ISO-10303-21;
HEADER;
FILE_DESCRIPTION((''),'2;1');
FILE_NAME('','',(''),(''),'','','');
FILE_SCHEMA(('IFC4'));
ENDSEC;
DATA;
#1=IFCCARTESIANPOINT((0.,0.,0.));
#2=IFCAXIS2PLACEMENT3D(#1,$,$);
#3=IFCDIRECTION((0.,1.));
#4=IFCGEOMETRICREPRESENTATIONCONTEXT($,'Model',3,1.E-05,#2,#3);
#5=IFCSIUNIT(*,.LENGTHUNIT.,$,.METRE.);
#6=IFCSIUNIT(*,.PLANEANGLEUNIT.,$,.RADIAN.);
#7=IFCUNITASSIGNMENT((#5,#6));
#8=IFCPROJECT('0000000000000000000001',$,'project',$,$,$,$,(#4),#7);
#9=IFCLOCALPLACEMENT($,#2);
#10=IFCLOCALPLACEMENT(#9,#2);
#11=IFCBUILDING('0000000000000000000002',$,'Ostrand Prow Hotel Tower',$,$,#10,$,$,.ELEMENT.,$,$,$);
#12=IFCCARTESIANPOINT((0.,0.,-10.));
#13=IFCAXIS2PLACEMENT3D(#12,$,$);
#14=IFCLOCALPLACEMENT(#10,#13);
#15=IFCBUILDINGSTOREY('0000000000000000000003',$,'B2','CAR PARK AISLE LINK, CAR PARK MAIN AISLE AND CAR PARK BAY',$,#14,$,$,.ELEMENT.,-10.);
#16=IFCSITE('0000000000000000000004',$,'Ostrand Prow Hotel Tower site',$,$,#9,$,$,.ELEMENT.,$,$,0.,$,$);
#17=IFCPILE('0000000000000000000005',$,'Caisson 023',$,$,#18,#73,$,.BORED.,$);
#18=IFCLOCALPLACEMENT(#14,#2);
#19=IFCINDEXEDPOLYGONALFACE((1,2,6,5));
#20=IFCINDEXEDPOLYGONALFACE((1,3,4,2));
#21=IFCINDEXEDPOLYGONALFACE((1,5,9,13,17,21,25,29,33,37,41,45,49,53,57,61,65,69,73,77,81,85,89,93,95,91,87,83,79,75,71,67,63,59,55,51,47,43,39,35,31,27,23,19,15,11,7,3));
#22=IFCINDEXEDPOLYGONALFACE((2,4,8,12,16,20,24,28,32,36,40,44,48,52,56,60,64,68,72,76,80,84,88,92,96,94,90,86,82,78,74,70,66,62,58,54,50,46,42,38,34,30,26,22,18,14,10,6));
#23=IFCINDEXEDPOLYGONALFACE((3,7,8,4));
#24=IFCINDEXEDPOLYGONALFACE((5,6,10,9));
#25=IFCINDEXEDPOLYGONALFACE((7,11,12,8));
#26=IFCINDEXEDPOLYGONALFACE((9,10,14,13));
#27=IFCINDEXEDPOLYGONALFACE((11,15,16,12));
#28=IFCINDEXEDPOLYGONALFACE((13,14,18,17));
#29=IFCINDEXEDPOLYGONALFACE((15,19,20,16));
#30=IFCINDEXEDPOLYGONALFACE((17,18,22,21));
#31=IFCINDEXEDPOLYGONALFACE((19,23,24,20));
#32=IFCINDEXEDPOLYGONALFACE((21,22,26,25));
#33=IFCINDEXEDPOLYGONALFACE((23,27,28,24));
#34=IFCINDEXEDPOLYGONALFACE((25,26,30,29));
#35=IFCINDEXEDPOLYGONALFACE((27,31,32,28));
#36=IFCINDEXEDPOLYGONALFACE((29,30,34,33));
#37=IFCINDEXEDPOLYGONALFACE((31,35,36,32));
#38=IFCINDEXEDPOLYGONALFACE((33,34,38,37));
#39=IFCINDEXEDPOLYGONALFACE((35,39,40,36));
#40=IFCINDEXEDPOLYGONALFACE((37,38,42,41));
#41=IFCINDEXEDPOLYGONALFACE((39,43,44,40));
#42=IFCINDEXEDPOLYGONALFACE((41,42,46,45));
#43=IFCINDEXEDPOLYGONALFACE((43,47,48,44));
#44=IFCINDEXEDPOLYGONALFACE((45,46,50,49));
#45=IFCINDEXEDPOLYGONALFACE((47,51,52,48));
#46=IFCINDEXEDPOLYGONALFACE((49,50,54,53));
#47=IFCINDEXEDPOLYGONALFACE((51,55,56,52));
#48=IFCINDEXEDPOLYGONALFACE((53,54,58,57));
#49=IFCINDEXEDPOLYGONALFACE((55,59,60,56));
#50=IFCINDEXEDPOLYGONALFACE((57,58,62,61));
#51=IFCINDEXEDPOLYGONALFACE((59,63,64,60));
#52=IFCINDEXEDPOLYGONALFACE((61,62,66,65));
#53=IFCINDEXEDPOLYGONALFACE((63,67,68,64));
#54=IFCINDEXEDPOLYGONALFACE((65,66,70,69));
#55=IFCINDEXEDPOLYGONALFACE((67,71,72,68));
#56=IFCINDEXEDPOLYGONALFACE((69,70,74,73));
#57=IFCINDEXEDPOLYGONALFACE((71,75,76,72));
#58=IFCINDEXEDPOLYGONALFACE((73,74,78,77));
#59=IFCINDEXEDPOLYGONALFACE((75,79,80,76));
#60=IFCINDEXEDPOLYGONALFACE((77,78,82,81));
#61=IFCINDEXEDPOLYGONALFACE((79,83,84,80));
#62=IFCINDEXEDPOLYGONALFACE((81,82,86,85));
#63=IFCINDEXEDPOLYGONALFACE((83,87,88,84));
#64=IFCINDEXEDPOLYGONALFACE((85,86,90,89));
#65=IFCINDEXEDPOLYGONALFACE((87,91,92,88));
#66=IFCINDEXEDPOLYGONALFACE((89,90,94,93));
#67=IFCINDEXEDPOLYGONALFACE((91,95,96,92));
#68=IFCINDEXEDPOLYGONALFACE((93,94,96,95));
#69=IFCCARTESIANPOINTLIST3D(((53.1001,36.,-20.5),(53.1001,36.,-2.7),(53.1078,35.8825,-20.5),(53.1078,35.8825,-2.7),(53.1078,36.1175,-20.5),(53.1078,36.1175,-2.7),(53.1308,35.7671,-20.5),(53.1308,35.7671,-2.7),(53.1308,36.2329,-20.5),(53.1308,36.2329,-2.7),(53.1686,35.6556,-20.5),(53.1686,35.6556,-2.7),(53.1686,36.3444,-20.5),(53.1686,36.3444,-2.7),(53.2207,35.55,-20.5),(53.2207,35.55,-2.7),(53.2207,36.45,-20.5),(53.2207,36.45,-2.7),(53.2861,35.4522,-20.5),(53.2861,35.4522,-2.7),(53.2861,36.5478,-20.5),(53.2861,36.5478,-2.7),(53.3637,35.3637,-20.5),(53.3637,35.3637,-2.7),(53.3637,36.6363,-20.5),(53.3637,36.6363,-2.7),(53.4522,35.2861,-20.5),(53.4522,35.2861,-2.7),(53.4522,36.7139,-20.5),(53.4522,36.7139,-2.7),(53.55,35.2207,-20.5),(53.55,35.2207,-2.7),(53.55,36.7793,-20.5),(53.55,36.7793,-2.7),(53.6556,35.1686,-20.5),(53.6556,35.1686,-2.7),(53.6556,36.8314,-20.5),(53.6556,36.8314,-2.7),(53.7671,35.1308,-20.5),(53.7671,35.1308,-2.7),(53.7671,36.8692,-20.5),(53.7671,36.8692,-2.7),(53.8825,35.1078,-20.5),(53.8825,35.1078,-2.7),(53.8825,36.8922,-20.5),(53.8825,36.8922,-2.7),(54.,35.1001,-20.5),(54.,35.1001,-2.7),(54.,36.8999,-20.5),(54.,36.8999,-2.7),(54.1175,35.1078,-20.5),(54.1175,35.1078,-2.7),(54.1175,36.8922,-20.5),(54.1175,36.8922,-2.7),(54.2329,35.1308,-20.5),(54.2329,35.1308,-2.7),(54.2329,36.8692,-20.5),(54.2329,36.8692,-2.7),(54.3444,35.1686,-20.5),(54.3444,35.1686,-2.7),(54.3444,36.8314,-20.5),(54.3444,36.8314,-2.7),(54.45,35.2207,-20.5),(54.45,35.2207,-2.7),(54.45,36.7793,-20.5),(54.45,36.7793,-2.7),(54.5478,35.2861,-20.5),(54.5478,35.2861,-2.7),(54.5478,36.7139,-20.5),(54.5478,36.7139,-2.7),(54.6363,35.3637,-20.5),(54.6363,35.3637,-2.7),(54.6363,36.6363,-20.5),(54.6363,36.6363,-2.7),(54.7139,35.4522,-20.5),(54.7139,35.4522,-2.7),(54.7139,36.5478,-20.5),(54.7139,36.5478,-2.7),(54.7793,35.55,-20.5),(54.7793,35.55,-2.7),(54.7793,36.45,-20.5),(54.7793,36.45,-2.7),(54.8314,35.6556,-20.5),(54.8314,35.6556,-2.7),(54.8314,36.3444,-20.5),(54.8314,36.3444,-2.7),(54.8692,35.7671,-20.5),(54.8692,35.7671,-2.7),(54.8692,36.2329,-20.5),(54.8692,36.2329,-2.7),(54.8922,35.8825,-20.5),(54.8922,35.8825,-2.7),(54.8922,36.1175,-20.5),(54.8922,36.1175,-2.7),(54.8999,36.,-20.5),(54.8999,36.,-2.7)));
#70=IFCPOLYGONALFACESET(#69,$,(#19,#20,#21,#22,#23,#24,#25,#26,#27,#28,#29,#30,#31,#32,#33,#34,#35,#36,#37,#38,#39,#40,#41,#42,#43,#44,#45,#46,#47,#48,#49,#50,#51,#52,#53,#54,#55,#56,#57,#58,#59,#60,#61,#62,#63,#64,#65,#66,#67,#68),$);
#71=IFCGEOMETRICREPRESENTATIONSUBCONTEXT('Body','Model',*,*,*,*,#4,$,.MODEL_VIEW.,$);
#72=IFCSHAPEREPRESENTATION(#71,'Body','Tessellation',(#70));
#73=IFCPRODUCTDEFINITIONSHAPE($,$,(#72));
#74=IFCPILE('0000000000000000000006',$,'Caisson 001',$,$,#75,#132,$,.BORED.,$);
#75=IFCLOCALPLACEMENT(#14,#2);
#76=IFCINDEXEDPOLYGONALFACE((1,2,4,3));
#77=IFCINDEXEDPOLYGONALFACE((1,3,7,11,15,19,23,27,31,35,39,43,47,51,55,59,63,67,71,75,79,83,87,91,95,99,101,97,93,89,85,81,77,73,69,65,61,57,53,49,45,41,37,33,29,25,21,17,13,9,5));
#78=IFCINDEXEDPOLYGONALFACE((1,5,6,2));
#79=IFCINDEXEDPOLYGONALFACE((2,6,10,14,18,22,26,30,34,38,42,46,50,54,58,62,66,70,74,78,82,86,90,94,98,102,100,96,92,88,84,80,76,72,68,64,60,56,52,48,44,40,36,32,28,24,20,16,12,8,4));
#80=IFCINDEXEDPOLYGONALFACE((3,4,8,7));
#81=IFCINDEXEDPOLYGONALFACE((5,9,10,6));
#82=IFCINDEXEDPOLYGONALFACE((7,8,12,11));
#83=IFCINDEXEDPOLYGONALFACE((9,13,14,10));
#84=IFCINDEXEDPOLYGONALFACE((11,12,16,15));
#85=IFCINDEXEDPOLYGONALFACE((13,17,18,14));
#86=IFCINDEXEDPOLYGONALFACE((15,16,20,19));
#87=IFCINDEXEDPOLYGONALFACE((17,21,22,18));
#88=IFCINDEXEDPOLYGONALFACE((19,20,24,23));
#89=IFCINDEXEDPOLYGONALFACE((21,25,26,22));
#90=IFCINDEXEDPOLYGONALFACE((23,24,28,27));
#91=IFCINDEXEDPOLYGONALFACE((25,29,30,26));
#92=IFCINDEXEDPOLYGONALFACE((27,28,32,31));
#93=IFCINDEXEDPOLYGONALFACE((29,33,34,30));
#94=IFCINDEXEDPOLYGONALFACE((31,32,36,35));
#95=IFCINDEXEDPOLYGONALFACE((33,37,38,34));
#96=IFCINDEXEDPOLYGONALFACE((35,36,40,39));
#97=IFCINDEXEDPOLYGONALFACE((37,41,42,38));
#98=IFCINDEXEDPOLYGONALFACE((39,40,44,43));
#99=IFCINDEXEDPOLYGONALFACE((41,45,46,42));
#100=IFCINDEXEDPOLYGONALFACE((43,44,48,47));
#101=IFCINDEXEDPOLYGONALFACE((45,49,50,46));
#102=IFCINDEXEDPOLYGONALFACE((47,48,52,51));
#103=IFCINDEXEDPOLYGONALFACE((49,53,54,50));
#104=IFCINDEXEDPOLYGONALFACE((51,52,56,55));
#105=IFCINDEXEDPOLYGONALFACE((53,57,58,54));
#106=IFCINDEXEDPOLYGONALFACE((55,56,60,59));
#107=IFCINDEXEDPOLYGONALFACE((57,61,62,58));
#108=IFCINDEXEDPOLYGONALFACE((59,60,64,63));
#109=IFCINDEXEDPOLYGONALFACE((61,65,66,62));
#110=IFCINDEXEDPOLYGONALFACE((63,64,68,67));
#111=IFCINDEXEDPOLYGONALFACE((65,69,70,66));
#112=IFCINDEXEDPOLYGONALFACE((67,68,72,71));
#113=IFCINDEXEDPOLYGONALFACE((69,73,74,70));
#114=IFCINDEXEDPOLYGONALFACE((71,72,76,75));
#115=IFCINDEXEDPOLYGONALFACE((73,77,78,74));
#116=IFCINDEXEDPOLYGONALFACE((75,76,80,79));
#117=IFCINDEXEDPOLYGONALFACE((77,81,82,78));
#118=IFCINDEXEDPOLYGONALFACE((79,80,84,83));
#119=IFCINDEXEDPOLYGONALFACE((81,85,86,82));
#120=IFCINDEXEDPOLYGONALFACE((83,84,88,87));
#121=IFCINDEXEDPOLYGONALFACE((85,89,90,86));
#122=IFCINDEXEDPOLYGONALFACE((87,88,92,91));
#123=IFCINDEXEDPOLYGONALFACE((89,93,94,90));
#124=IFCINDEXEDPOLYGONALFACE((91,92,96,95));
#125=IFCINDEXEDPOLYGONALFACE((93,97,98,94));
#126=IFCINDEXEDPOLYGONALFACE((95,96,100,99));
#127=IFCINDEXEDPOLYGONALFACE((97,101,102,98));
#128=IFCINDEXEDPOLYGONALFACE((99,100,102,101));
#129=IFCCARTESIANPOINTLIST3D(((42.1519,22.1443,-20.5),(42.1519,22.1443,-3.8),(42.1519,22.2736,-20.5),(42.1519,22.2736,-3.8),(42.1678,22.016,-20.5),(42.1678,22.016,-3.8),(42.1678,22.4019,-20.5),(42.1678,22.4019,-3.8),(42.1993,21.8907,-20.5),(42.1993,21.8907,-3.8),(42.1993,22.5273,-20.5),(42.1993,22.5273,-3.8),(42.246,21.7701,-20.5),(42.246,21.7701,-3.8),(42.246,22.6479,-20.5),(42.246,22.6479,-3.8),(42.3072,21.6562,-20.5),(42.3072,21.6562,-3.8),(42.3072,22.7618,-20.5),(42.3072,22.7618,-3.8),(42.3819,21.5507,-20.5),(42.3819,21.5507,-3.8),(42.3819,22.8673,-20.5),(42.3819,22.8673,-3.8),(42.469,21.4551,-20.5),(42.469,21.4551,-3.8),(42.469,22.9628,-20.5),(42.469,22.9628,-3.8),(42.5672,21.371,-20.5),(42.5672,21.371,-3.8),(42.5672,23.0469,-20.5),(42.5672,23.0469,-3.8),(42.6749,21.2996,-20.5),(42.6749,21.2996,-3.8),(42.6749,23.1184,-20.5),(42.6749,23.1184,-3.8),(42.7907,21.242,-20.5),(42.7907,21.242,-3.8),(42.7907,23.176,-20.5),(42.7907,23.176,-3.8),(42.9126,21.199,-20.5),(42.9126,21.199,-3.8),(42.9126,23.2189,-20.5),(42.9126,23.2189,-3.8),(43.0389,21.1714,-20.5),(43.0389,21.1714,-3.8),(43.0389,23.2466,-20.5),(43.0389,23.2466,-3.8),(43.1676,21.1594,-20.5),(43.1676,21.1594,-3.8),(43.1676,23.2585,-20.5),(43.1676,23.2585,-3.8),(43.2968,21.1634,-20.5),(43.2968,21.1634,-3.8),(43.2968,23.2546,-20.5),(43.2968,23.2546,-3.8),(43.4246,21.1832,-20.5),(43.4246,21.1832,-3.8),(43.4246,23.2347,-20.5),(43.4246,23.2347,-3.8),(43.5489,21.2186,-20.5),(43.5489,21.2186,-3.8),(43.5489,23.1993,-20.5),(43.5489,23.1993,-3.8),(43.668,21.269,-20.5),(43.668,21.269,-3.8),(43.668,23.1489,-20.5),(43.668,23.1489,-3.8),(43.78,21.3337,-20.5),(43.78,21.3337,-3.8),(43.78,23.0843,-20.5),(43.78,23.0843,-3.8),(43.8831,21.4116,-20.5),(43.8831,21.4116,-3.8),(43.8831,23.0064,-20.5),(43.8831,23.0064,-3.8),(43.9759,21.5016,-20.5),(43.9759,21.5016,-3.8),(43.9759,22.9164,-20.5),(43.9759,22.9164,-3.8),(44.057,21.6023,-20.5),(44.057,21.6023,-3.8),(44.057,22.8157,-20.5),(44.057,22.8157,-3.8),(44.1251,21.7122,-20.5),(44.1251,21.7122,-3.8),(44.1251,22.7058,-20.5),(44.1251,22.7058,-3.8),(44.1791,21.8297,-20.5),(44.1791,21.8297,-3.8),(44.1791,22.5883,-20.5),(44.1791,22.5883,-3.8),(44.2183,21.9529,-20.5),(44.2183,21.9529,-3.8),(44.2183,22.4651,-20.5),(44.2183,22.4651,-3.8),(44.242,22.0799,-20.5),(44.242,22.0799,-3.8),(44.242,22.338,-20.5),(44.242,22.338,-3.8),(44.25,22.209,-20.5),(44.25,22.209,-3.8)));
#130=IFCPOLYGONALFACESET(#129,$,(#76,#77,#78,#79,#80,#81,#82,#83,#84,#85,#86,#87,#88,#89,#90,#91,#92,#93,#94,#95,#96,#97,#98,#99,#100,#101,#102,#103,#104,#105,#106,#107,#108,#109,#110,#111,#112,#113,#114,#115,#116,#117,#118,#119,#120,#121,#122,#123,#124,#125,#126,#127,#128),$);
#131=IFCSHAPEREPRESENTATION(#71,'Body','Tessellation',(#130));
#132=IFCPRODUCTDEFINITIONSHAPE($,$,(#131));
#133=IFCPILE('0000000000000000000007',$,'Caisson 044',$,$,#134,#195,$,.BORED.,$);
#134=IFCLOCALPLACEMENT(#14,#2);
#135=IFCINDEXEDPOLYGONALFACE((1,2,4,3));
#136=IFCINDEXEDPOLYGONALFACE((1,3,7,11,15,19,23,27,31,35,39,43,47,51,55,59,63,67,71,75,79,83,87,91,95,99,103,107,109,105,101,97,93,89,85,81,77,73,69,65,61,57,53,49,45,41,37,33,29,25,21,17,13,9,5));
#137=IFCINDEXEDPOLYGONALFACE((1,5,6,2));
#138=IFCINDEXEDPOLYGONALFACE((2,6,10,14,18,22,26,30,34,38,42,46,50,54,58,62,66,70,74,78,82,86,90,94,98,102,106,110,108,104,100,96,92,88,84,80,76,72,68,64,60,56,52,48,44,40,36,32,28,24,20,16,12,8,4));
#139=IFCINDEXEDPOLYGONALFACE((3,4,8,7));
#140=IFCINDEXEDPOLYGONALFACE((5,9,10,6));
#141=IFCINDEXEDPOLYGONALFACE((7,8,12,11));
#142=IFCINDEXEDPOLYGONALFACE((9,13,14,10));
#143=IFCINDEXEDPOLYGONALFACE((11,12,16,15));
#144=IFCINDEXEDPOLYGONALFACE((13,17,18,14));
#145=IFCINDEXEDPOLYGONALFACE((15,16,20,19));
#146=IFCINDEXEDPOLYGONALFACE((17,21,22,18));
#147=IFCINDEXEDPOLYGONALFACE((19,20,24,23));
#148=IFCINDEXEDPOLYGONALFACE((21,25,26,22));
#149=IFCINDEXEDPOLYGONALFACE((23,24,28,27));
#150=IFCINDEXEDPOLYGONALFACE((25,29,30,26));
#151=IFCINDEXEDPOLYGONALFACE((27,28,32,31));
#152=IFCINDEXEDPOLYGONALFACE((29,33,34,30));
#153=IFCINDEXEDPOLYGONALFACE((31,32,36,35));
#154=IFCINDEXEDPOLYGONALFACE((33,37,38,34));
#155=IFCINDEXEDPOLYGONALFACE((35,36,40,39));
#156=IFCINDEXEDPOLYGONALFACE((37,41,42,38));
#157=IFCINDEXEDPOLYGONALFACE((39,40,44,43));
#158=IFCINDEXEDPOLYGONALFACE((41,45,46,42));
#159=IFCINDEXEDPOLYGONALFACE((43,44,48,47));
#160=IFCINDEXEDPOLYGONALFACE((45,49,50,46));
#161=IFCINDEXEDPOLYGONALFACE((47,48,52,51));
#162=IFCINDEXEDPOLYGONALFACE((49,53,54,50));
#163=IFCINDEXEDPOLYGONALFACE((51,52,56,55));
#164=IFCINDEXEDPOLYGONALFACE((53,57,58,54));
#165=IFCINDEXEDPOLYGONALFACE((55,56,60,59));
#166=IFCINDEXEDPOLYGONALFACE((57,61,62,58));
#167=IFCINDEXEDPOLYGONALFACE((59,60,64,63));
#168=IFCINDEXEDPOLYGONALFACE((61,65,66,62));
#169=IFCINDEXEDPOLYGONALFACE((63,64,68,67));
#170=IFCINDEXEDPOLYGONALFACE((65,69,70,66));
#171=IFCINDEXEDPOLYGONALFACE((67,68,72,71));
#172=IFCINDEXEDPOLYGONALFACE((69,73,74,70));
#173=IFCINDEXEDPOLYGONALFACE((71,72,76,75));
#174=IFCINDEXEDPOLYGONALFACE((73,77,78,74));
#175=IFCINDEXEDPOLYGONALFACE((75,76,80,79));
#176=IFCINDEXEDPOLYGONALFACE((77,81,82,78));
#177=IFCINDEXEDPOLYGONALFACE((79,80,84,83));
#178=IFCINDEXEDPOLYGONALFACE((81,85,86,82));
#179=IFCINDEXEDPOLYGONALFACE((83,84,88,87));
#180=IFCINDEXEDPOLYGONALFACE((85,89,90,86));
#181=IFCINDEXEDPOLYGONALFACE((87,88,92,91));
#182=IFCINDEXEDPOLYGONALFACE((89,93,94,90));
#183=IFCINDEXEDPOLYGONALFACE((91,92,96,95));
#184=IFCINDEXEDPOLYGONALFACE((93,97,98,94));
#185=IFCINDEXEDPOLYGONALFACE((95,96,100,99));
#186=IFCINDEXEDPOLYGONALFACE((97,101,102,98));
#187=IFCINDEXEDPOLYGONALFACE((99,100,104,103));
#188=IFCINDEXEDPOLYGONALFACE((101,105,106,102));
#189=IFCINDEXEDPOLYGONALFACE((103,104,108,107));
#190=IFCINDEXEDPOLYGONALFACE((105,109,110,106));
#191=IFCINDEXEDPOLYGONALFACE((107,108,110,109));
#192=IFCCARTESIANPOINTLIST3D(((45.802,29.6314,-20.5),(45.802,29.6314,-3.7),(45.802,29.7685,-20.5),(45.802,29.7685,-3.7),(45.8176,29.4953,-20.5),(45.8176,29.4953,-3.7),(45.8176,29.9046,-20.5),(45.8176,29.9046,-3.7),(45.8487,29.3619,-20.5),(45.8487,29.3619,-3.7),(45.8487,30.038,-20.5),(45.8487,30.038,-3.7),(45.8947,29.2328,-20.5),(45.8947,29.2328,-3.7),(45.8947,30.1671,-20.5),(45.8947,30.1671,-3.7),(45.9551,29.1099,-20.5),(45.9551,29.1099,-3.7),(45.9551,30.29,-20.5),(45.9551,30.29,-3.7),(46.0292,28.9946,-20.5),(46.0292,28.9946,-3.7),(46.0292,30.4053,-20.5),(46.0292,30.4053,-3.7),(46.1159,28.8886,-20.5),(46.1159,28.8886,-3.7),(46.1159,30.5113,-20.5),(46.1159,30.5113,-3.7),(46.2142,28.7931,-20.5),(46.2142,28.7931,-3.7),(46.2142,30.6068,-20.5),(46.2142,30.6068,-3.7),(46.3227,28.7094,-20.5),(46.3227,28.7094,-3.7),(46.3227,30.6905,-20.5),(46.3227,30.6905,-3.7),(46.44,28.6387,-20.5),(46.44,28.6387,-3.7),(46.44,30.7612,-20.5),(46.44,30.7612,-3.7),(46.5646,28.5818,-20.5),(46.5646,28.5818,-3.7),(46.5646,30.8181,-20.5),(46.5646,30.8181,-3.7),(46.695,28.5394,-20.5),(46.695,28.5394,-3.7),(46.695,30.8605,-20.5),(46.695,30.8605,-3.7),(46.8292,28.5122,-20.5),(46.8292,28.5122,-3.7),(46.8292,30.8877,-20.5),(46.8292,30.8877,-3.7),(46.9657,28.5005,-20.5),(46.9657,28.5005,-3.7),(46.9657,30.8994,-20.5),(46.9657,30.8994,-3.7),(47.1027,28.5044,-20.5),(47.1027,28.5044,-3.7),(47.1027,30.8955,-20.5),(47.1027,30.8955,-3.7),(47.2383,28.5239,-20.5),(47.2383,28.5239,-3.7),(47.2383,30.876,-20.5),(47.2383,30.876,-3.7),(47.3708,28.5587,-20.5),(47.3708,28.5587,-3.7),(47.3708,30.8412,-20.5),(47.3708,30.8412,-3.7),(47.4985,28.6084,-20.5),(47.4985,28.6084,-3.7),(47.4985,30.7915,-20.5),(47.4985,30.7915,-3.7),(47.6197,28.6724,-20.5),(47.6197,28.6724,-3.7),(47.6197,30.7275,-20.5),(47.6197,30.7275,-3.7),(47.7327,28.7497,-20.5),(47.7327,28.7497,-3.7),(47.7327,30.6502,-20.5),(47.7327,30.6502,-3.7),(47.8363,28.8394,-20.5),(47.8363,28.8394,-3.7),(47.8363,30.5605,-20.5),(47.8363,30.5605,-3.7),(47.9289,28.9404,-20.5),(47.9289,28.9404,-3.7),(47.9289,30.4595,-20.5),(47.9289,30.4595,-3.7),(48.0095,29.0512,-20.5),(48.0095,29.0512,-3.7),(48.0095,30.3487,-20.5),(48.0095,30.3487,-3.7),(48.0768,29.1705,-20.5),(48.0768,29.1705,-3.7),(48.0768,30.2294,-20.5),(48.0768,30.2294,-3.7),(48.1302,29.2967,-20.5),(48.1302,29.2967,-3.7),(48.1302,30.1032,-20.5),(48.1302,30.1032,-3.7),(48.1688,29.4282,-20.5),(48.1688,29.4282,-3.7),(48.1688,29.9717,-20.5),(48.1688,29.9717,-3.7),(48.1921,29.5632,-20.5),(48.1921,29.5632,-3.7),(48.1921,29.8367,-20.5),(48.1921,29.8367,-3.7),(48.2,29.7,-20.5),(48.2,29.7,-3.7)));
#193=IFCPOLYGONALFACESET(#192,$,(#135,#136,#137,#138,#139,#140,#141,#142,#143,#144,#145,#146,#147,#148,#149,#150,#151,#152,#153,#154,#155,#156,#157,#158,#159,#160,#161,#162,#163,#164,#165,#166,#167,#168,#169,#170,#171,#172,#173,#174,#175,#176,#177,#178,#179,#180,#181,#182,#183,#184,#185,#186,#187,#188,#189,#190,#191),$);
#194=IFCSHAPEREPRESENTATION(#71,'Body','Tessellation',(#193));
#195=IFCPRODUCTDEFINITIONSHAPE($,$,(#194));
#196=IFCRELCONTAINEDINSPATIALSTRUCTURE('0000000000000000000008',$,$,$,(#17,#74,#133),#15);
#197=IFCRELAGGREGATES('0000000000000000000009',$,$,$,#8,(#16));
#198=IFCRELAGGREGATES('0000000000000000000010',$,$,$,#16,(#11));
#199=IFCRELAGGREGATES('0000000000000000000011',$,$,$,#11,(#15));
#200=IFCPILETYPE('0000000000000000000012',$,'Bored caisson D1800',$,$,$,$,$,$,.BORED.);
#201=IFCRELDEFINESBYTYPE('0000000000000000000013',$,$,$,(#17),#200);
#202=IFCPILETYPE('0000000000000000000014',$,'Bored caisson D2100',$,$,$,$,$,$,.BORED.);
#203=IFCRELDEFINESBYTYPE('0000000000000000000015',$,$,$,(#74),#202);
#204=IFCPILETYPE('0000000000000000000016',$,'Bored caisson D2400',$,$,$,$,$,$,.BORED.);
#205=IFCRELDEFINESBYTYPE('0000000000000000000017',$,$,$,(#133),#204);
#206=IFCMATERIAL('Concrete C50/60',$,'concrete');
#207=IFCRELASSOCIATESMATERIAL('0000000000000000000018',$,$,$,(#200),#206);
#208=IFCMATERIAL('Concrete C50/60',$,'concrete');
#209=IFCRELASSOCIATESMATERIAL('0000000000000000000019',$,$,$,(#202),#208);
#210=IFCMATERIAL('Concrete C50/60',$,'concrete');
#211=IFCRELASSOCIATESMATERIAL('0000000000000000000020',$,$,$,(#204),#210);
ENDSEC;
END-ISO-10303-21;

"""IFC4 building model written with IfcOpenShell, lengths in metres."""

from ifc_helpers import new_model, si_unit, direction, frame, origin, origin_2d, place, context, subcontext, project, spatial, circle, extrude, material, type_object, element, save


model = new_model("IFC4")

# Units and contexts
model_context = context("Model", 3, precision=1e-05, world=origin(), true_north=direction((0.0, 1.0)))
body_context = subcontext(model_context, "Body", "Model", "MODEL_VIEW")
ifc_project = project(units=[si_unit("LENGTHUNIT", "METRE"), si_unit("PLANEANGLEUNIT", "RADIAN")], contexts=[model_context])

# Site, building, storey
site_placement = place(None, origin())
site = spatial("IfcSite", under=ifc_project, at=site_placement, Name="Ostrand Prow Hotel Tower site", CompositionType="ELEMENT", RefElevation=0.0)
building_placement = place(site_placement, origin())
building = spatial("IfcBuilding", under=site, at=building_placement, Name="Ostrand Prow Hotel Tower", CompositionType="ELEMENT")
storey_placement = place(building_placement, frame((0.0, 0.0, -10.0)))
storey = spatial("IfcBuildingStorey", under=building, at=storey_placement, Name="B2", Description="CAR PARK AISLE LINK, CAR PARK MAIN AISLE AND CAR PARK BAY", CompositionType="ELEMENT", Elevation=-10.0)

# Piles
ifc_material_1 = material(Name="Concrete C50/60", Category="concrete")
pile_type_1 = type_object("IfcPileType", Name="Bored caisson D1800", PredefinedType="BORED", material=ifc_material_1)
pile_1_placement = place(storey_placement, frame((54.0, 36.0, -2.7), z_axis=(0.0, 0.0, -1.0), x_axis=(1.0, 0.0, 0.0)))
element("IfcPile", 1, at=pile_1_placement, inside=storey, type_object=pile_type_1, Name="Caisson 023", PredefinedType="BORED", context=body_context, shape_type="SweptSolid", body=[
    extrude(circle(Radius=0.8999, at=origin_2d()), origin(), (0.0, 0.0, 1.0), 17.8),
])
ifc_material_2 = material(Name="Concrete C50/60", Category="concrete")
pile_type_2 = type_object("IfcPileType", Name="Bored caisson D2100", PredefinedType="BORED", material=ifc_material_2)
pile_2_placement = place(storey_placement, frame((43.2, 22.209, -3.8), z_axis=(0.0, 0.0, -1.0), x_axis=(1.0, 0.0, 0.0)))
element("IfcPile", 2, at=pile_2_placement, inside=storey, type_object=pile_type_2, Name="Caisson 001", PredefinedType="BORED", context=body_context, shape_type="SweptSolid", body=[
    extrude(circle(Radius=1.05, at=origin_2d()), origin(), (0.0, 0.0, 1.0), 16.7),
])
ifc_material_3 = material(Name="Concrete C50/60", Category="concrete")
pile_type_3 = type_object("IfcPileType", Name="Bored caisson D2400", PredefinedType="BORED", material=ifc_material_3)
for number, where, z_axis, x_axis, name in (
    (3, (47.0, 29.7, -3.7), (0.0, 0.0, -1.0), (1.0, 0.0, 0.0), "Caisson 044"),
):
    element("IfcPile", number, at=place(storey_placement, frame(where, z_axis=z_axis, x_axis=x_axis)), inside=storey, type_object=pile_type_3, Name=name, PredefinedType="BORED", context=body_context, shape_type="SweptSolid", body=[
        extrude(circle(Radius=1.2, at=origin_2d()), origin(), (0.0, 0.0, 1.0), 16.8),
    ])

save(model, "model.ifc")
